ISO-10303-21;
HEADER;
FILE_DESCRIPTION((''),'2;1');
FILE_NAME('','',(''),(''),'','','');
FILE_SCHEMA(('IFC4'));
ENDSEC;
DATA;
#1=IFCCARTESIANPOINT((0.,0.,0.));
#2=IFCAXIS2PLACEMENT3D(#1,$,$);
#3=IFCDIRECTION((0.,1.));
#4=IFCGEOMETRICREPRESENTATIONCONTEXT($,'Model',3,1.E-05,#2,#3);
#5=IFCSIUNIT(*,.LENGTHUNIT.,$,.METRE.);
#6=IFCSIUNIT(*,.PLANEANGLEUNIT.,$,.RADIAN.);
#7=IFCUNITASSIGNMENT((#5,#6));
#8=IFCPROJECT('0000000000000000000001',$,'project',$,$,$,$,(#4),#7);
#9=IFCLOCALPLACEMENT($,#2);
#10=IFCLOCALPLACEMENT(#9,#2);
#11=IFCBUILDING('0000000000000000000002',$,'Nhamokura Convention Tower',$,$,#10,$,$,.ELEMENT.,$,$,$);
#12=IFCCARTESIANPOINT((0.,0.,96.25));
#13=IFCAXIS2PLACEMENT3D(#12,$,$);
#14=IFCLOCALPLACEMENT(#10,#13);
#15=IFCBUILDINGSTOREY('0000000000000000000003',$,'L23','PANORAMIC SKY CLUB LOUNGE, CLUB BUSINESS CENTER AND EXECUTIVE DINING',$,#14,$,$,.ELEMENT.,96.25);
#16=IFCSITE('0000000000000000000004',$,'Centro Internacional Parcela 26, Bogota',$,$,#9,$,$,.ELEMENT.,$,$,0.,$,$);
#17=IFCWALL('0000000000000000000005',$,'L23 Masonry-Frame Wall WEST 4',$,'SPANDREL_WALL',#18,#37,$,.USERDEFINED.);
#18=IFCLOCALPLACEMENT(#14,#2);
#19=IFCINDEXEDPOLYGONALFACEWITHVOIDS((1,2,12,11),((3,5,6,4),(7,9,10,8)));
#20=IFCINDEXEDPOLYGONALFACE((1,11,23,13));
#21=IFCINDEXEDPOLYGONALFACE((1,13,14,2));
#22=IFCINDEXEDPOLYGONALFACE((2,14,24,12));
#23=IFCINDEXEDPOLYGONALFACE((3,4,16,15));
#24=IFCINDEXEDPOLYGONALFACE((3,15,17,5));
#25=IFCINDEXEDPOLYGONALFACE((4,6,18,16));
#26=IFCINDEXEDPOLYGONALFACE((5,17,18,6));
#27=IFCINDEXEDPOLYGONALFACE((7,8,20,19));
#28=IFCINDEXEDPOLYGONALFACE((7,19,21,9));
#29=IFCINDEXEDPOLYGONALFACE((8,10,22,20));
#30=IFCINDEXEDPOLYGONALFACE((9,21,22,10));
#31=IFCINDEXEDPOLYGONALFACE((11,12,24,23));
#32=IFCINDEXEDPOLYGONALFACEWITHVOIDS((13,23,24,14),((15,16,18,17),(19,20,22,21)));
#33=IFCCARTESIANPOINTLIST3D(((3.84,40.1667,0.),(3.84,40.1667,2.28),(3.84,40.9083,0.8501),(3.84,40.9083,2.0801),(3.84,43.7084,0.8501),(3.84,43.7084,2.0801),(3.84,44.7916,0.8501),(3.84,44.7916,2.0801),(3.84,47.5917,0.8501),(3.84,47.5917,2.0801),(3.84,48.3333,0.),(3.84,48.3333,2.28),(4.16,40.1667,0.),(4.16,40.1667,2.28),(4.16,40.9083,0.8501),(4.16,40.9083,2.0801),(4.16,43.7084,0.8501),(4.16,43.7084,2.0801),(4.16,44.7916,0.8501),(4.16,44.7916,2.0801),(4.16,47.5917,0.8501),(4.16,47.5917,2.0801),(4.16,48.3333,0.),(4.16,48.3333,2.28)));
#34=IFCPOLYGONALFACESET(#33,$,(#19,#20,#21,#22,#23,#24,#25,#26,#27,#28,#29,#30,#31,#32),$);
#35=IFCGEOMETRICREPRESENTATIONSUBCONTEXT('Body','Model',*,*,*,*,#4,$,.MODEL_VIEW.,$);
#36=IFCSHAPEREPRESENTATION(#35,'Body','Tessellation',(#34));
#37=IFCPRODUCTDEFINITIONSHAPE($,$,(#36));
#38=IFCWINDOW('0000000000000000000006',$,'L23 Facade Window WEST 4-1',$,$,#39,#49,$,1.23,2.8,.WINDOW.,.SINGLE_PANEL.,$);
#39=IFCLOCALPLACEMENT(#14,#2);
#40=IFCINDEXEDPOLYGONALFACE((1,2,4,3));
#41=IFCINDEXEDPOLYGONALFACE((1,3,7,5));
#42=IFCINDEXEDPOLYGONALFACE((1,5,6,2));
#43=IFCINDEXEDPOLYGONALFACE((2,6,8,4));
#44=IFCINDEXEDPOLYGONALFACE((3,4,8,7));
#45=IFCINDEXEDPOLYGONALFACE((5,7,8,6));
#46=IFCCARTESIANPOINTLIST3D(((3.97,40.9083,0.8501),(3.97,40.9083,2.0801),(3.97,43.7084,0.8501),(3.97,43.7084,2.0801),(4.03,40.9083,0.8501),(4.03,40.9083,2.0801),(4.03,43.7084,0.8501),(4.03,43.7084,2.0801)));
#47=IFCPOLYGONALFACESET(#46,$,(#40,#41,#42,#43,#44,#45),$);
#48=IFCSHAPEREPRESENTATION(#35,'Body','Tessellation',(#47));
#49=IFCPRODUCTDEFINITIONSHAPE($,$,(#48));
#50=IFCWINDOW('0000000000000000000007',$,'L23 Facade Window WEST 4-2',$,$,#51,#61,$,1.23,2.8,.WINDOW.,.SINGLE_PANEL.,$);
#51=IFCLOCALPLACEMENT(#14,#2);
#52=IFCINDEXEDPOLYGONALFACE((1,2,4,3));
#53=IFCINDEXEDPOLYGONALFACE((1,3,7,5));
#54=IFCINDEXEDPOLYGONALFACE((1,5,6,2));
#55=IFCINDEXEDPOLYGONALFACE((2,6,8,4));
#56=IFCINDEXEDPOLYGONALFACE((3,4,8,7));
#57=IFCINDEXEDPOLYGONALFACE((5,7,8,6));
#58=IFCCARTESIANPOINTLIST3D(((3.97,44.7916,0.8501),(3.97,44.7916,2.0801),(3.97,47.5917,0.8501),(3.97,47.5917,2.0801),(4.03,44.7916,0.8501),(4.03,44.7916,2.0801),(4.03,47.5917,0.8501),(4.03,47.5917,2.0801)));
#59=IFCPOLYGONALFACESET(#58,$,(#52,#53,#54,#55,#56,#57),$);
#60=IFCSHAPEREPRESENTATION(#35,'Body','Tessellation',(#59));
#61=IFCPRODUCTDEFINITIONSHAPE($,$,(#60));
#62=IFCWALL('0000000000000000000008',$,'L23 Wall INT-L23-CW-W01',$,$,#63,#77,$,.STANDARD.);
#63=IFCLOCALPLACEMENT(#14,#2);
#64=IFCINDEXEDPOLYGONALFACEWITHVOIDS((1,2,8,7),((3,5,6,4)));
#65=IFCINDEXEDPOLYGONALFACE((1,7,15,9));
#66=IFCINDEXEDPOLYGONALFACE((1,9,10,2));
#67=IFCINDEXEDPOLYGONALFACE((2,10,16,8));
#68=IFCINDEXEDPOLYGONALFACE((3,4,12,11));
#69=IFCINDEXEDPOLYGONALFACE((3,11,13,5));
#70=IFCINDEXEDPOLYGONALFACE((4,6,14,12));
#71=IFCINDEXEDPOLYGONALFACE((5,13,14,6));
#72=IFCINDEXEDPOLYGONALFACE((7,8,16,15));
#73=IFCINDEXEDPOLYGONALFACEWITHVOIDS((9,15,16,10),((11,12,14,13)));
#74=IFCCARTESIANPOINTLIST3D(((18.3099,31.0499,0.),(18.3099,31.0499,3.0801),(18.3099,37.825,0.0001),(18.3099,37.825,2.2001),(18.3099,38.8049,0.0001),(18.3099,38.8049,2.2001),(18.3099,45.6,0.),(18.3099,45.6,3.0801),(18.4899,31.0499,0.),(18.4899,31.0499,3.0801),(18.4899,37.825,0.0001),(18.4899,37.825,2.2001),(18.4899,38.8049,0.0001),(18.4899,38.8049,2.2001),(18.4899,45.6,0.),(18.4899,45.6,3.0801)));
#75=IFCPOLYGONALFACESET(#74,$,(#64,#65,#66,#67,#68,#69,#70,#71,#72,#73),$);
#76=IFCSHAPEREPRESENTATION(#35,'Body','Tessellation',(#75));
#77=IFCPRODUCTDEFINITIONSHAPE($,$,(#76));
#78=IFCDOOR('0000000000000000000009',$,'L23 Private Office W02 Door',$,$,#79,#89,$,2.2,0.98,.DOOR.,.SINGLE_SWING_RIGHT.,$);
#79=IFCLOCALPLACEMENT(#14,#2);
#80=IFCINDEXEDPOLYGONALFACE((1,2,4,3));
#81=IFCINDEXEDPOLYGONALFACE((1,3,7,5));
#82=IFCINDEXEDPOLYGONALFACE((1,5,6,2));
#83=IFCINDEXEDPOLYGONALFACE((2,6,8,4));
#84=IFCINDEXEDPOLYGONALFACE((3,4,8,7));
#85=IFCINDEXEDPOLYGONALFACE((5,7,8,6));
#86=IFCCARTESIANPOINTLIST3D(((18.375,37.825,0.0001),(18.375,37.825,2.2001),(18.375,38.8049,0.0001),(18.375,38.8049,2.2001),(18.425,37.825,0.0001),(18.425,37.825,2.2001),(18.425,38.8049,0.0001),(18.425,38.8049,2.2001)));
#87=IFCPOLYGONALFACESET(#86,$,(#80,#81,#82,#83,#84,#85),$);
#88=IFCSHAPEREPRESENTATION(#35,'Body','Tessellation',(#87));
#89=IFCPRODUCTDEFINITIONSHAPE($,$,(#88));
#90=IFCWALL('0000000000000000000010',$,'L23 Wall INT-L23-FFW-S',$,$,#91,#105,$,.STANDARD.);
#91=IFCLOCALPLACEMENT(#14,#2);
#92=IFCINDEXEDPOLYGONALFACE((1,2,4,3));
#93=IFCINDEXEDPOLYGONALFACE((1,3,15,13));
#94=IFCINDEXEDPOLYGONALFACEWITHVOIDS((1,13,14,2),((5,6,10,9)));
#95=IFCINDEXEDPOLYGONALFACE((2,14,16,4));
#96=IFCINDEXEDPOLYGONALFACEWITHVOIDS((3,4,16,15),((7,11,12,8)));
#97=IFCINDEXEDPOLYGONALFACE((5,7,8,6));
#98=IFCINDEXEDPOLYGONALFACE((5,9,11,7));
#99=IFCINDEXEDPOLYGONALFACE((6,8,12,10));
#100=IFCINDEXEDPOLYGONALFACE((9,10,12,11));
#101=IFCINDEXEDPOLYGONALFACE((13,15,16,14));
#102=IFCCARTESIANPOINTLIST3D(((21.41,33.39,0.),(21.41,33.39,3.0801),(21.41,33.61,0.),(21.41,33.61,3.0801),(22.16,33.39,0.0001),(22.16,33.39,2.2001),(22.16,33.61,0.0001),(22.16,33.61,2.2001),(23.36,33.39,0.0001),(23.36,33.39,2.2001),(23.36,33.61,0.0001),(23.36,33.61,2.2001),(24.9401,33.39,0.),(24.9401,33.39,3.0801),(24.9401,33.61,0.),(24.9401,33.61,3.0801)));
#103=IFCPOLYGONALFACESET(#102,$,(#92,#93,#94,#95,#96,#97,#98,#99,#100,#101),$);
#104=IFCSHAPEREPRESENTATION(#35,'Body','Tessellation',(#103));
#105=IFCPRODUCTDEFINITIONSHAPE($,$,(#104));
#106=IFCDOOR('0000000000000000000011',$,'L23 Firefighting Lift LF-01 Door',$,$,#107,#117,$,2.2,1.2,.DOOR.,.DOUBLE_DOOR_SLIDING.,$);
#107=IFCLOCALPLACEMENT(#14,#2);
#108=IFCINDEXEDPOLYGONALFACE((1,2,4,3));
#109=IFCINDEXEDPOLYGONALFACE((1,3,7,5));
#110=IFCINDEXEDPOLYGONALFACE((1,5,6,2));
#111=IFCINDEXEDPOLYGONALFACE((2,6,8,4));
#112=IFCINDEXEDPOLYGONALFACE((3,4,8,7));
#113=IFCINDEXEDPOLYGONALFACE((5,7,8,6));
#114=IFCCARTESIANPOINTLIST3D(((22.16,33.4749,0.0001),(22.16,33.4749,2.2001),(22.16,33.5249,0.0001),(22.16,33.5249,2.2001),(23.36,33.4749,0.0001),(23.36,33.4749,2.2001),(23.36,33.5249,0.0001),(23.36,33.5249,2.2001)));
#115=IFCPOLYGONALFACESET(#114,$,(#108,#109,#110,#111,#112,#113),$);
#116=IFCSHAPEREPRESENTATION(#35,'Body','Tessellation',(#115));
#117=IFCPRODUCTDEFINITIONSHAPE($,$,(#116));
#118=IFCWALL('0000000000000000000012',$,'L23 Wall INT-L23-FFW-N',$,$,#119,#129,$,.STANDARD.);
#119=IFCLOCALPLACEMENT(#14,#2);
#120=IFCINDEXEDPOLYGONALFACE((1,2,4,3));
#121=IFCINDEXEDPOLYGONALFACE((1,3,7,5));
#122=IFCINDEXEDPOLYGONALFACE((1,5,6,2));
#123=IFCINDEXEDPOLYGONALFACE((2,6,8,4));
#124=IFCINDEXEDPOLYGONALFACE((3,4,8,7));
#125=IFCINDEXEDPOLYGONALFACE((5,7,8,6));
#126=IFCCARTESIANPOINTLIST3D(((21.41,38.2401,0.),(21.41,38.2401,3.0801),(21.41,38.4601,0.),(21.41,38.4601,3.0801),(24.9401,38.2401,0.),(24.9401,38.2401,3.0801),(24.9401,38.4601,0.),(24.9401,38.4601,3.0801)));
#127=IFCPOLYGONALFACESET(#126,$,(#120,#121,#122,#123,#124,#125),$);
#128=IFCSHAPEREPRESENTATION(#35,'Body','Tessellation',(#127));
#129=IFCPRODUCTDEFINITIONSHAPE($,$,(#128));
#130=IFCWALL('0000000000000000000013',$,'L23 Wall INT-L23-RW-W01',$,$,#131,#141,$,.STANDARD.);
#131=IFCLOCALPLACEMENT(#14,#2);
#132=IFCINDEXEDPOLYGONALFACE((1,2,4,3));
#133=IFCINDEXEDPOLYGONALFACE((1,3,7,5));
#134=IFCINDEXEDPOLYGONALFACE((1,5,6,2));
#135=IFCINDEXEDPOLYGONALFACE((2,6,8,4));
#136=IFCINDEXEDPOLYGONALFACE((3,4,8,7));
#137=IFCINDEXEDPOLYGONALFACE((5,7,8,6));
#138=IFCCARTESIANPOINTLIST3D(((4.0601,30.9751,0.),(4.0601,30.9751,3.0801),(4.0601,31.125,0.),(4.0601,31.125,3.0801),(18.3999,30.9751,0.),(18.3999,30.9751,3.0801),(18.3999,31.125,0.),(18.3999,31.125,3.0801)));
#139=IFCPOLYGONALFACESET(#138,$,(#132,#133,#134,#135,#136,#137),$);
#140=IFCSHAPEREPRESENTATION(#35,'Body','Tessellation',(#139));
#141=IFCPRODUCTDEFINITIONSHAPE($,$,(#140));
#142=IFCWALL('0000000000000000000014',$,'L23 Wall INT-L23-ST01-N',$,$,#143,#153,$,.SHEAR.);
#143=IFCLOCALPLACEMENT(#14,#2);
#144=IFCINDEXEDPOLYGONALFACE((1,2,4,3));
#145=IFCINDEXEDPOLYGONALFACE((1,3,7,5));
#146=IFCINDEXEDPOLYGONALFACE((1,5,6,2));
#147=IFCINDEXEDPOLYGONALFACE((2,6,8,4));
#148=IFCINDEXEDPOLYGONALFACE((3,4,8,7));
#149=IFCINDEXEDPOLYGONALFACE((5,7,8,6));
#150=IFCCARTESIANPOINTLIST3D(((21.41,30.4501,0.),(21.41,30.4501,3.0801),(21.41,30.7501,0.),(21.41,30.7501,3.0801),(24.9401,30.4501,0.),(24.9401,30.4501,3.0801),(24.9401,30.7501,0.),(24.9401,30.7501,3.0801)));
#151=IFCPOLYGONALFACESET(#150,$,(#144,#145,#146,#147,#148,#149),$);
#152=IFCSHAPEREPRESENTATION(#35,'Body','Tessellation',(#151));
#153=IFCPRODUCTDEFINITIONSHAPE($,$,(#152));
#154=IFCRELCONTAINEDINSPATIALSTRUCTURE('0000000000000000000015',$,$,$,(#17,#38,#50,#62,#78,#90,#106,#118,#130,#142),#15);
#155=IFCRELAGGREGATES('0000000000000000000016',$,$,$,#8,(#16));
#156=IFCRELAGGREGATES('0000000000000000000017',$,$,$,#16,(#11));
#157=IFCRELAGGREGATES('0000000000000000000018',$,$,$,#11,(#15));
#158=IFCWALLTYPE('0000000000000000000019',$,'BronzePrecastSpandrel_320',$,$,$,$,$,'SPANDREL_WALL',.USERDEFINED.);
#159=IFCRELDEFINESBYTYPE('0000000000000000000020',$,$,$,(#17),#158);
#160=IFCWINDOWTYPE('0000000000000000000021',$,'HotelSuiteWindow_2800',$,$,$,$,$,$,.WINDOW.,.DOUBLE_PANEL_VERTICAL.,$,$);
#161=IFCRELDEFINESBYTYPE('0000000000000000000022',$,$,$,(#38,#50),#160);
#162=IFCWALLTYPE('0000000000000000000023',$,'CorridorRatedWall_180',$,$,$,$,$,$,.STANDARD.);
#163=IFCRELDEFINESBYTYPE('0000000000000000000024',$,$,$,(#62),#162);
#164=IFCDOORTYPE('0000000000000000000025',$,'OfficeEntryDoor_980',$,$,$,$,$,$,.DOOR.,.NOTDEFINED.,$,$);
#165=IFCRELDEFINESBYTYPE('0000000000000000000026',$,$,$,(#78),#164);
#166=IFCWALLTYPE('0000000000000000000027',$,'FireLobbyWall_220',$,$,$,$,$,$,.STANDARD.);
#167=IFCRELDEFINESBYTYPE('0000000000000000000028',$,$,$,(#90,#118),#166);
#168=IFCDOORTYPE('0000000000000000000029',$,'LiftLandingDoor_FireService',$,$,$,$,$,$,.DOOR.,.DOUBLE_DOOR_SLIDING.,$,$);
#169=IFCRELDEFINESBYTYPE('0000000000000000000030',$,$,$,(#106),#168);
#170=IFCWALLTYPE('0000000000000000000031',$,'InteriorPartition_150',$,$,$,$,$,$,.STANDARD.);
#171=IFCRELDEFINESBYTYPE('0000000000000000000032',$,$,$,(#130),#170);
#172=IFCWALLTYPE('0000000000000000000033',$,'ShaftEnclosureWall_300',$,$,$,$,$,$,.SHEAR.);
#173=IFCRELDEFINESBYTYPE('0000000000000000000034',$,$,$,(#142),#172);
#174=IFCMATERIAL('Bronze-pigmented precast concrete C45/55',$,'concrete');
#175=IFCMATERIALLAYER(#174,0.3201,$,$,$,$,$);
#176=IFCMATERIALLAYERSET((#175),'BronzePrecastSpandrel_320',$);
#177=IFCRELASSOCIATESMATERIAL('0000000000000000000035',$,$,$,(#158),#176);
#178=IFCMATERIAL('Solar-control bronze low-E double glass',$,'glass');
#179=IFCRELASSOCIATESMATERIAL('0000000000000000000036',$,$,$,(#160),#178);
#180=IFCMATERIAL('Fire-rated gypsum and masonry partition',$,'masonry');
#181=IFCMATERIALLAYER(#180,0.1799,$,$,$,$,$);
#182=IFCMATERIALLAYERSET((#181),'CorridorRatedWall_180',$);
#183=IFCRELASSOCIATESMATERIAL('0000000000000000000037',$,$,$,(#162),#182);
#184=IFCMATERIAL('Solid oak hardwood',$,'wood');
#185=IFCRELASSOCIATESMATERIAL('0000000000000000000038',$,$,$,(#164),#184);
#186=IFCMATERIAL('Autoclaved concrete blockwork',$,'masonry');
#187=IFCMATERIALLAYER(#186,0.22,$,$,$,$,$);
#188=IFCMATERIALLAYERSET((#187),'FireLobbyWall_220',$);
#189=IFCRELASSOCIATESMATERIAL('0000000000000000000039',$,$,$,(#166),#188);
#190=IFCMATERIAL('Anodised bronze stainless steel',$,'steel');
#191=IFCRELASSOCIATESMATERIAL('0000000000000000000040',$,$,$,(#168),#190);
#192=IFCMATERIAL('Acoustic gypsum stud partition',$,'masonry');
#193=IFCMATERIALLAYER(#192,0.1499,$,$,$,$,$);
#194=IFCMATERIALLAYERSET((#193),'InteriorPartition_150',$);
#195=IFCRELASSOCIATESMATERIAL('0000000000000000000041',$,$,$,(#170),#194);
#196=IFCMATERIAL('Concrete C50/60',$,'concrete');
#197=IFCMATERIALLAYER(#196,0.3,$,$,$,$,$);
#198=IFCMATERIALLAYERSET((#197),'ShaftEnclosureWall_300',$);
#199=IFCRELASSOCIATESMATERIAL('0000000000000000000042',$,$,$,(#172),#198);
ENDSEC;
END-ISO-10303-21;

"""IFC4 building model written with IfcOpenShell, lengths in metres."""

from ifc_helpers import new_model, si_unit, direction, frame, frame_2d, origin, place, context, subcontext, project, spatial, rectangle, extrude, material, layer, layer_set, type_object, element, fill, save


model = new_model("IFC4")

# Units and contexts
model_context = context("Model", 3, precision=1e-05, world=origin(), true_north=direction((0.0, 1.0)))
body_context = subcontext(model_context, "Body", "Model", "MODEL_VIEW")
ifc_project = project(units=[si_unit("LENGTHUNIT", "METRE"), si_unit("PLANEANGLEUNIT", "RADIAN")], contexts=[model_context])

# Site, building, storey
site_placement = place(None, origin())
site = spatial("IfcSite", under=ifc_project, at=site_placement, Name="Centro Internacional Parcela 26, Bogota", CompositionType="ELEMENT", RefElevation=0.0)
building_placement = place(site_placement, origin())
building = spatial("IfcBuilding", under=site, at=building_placement, Name="Nhamokura Convention Tower", CompositionType="ELEMENT")
storey_placement = place(building_placement, frame((0.0, 0.0, 96.25)))
storey = spatial("IfcBuildingStorey", under=building, at=storey_placement, Name="L23", Description="PANORAMIC SKY CLUB LOUNGE, CLUB BUSINESS CENTER AND EXECUTIVE DINING", CompositionType="ELEMENT", Elevation=96.25)

# Shared definitions
ifc_material_1 = material(Name="Bronze-pigmented precast concrete C45/55", Category="concrete")
ifc_layer_1 = layer(ifc_material_1, 0.3201)
ifc_layer_set_1 = layer_set([ifc_layer_1], Name="BronzePrecastSpandrel_320")
wall_type_1 = type_object("IfcWallType", Name="BronzePrecastSpandrel_320", ElementType="SPANDREL_WALL", PredefinedType="USERDEFINED", material=ifc_layer_set_1)

# Wall, openings, windows
wall_1_placement = place(storey_placement, frame((4.0, 40.1667, 0.0), z_axis=(0.0, 0.0, 1.0), x_axis=(0.0, 1.0, 0.0)))
wall_1 = element("IfcWall", 1, at=wall_1_placement, inside=storey, type_object=wall_type_1, Name="L23 Masonry-Frame Wall WEST 4", ObjectType="SPANDREL_WALL", PredefinedType="USERDEFINED", context=body_context, shape_type="SweptSolid", body=[
    extrude(rectangle(XDim=8.1665, YDim=0.3201, at=frame_2d((4.0833, 0.0))), origin(), (0.0, 0.0, 1.0), 2.28),
])
opening_1_placement = place(wall_1_placement, frame((0.7417, 0.0, 0.8501)))
opening_1 = element("IfcOpeningElement", 2, at=opening_1_placement, cuts=wall_1, PredefinedType="OPENING", context=body_context, shape_type="SweptSolid", body=[
    extrude(rectangle(XDim=2.8, YDim=1.23, at=frame_2d((1.3999, 0.615))), frame((0.0, 0.1699, 0.0), z_axis=(0.0, -1.0, 0.0), x_axis=(1.0, 0.0, 0.0)), (0.0, 0.0, 1.0), 0.3401),
])
opening_2_placement = place(wall_1_placement, frame((4.625, 0.0, 0.8501)))
opening_2 = element("IfcOpeningElement", 3, at=opening_2_placement, cuts=wall_1, PredefinedType="OPENING", context=body_context, shape_type="SweptSolid", body=[
    extrude(rectangle(XDim=2.8, YDim=1.23, at=frame_2d((1.3999, 0.615))), frame((0.0, 0.1699, 0.0), z_axis=(0.0, -1.0, 0.0), x_axis=(1.0, 0.0, 0.0)), (0.0, 0.0, 1.0), 0.3401),
])
ifc_material_2 = material(Name="Solar-control bronze low-E double glass", Category="glass")
window_type_1 = type_object("IfcWindowType", Name="HotelSuiteWindow_2800", PartitioningType="DOUBLE_PANEL_VERTICAL", PredefinedType="WINDOW", material=ifc_material_2)
window_1_placement = place(opening_1_placement, origin())
window_1 = element("IfcWindow", 4, at=window_1_placement, inside=storey, type_object=window_type_1, Name="L23 Facade Window WEST 4-1", OverallHeight=1.23, OverallWidth=2.8, PartitioningType="SINGLE_PANEL", PredefinedType="WINDOW", context=body_context, shape_type="SweptSolid", body=[
    extrude(rectangle(XDim=2.8, YDim=1.23, at=frame_2d((1.3999, 0.615))), frame((0.0, 0.03, 0.0), z_axis=(0.0, -1.0, 0.0), x_axis=(1.0, 0.0, 0.0)), (0.0, 0.0, 1.0), 0.0601),
])
fill(opening_1, window_1)
window_2_placement = place(opening_2_placement, origin())
window_2 = element("IfcWindow", 5, at=window_2_placement, inside=storey, type_object=window_type_1, Name="L23 Facade Window WEST 4-2", OverallHeight=1.23, OverallWidth=2.8, PartitioningType="SINGLE_PANEL", PredefinedType="WINDOW", context=body_context, shape_type="SweptSolid", body=[
    extrude(rectangle(XDim=2.8, YDim=1.23, at=frame_2d((1.3999, 0.615))), frame((0.0, 0.03, 0.0), z_axis=(0.0, -1.0, 0.0), x_axis=(1.0, 0.0, 0.0)), (0.0, 0.0, 1.0), 0.0601),
])
fill(opening_2, window_2)

# Walls, openings, doors
ifc_material_3 = material(Name="Fire-rated gypsum and masonry partition", Category="masonry")
ifc_layer_2 = layer(ifc_material_3, 0.1799)
ifc_layer_set_2 = layer_set([ifc_layer_2], Name="CorridorRatedWall_180")
wall_type_2 = type_object("IfcWallType", Name="CorridorRatedWall_180", PredefinedType="STANDARD", material=ifc_layer_set_2)
wall_2_placement = place(storey_placement, frame((18.3999, 31.05, 0.0), z_axis=(0.0, 0.0, 1.0), x_axis=(0.0, 1.0, 0.0)))
wall_2 = element("IfcWall", 6, at=wall_2_placement, inside=storey, type_object=wall_type_2, Name="L23 Wall INT-L23-CW-W01", PredefinedType="STANDARD", context=body_context, shape_type="SweptSolid", body=[
    extrude(rectangle(XDim=14.55, YDim=0.1799, at=frame_2d((7.2749, 0.0))), origin(), (0.0, 0.0, 1.0), 3.0801),
])
opening_3_placement = place(wall_2_placement, frame((6.7749, 0.0, 0.0)))
opening_3 = element("IfcOpeningElement", 7, at=opening_3_placement, cuts=wall_2, PredefinedType="OPENING", context=body_context, shape_type="SweptSolid", body=[
    extrude(rectangle(XDim=0.98, YDim=2.2, at=frame_2d((0.49, 1.1001))), frame((0.0, 0.0999, 0.0), z_axis=(0.0, -1.0, 0.0), x_axis=(1.0, 0.0, 0.0)), (0.0, 0.0, 1.0), 0.2),
])
ifc_material_4 = material(Name="Solid oak hardwood", Category="wood")
door_type_1 = type_object("IfcDoorType", Name="OfficeEntryDoor_980", OperationType="NOTDEFINED", PredefinedType="DOOR", material=ifc_material_4)
door_1_placement = place(opening_3_placement, origin())
door_1 = element("IfcDoor", 8, at=door_1_placement, inside=storey, type_object=door_type_1, Name="L23 Private Office W02 Door", OperationType="SINGLE_SWING_RIGHT", OverallHeight=2.2, OverallWidth=0.98, PredefinedType="DOOR", context=body_context, shape_type="SweptSolid", body=[
    extrude(rectangle(XDim=0.98, YDim=2.2, at=frame_2d((0.49, 1.1001))), frame((0.0, 0.0249, 0.0), z_axis=(0.0, -1.0, 0.0), x_axis=(1.0, 0.0, 0.0)), (0.0, 0.0, 1.0), 0.05),
])
fill(opening_3, door_1)
ifc_material_5 = material(Name="Autoclaved concrete blockwork", Category="masonry")
ifc_layer_3 = layer(ifc_material_5, 0.22)
ifc_layer_set_3 = layer_set([ifc_layer_3], Name="FireLobbyWall_220")
wall_type_3 = type_object("IfcWallType", Name="FireLobbyWall_220", PredefinedType="STANDARD", material=ifc_layer_set_3)
wall_3_placement = place(storey_placement, frame((21.4099, 33.5, 0.0), z_axis=(0.0, 0.0, 1.0), x_axis=(1.0, 0.0, 0.0)))
wall_3 = element("IfcWall", 9, at=wall_3_placement, inside=storey, type_object=wall_type_3, Name="L23 Wall INT-L23-FFW-S", PredefinedType="STANDARD", context=body_context, shape_type="SweptSolid", body=[
    extrude(rectangle(XDim=3.53, YDim=0.22, at=frame_2d((1.7651, 0.0))), origin(), (0.0, 0.0, 1.0), 3.0801),
])
opening_4_placement = place(wall_3_placement, frame((0.75, 0.0, 0.0)))
opening_4 = element("IfcOpeningElement", 10, at=opening_4_placement, cuts=wall_3, PredefinedType="OPENING", context=body_context, shape_type="SweptSolid", body=[
    extrude(rectangle(XDim=1.2, YDim=2.2, at=frame_2d((0.6001, 1.1001))), frame((0.0, 0.1199, 0.0), z_axis=(0.0, -1.0, 0.0), x_axis=(1.0, 0.0, 0.0)), (0.0, 0.0, 1.0), 0.24),
])
ifc_material_6 = material(Name="Anodised bronze stainless steel", Category="steel")
door_type_2 = type_object("IfcDoorType", Name="LiftLandingDoor_FireService", OperationType="DOUBLE_DOOR_SLIDING", PredefinedType="DOOR", material=ifc_material_6)
door_2_placement = place(opening_4_placement, origin())
door_2 = element("IfcDoor", 11, at=door_2_placement, inside=storey, type_object=door_type_2, Name="L23 Firefighting Lift LF-01 Door", OperationType="DOUBLE_DOOR_SLIDING", OverallHeight=2.2, OverallWidth=1.2, PredefinedType="DOOR", context=body_context, shape_type="SweptSolid", body=[
    extrude(rectangle(XDim=1.2, YDim=2.2, at=frame_2d((0.6001, 1.1001))), frame((0.0, 0.0249, 0.0), z_axis=(0.0, -1.0, 0.0), x_axis=(1.0, 0.0, 0.0)), (0.0, 0.0, 1.0), 0.05),
])
fill(opening_4, door_2)

# Walls
wall_4_placement = place(storey_placement, frame((21.4099, 38.3501, 0.0), z_axis=(0.0, 0.0, 1.0), x_axis=(1.0, 0.0, 0.0)))
element("IfcWall", 12, at=wall_4_placement, inside=storey, type_object=wall_type_3, Name="L23 Wall INT-L23-FFW-N", PredefinedType="STANDARD", context=body_context, shape_type="SweptSolid", body=[
    extrude(rectangle(XDim=3.53, YDim=0.22, at=frame_2d((1.7651, 0.0))), origin(), (0.0, 0.0, 1.0), 3.0801),
])
ifc_material_7 = material(Name="Acoustic gypsum stud partition", Category="masonry")
ifc_layer_4 = layer(ifc_material_7, 0.1499)
ifc_layer_set_4 = layer_set([ifc_layer_4], Name="InteriorPartition_150")
wall_type_4 = type_object("IfcWallType", Name="InteriorPartition_150", PredefinedType="STANDARD", material=ifc_layer_set_4)
wall_5_placement = place(storey_placement, frame((4.0601, 31.05, 0.0), z_axis=(0.0, 0.0, 1.0), x_axis=(1.0, 0.0, 0.0)))
element("IfcWall", 13, at=wall_5_placement, inside=storey, type_object=wall_type_4, Name="L23 Wall INT-L23-RW-W01", PredefinedType="STANDARD", context=body_context, shape_type="SweptSolid", body=[
    extrude(rectangle(XDim=14.3398, YDim=0.1499, at=frame_2d((7.1699, 0.0))), origin(), (0.0, 0.0, 1.0), 3.0801),
])
ifc_material_8 = material(Name="Concrete C50/60", Category="concrete")
ifc_layer_5 = layer(ifc_material_8, 0.3)
ifc_layer_set_5 = layer_set([ifc_layer_5], Name="ShaftEnclosureWall_300")
wall_type_5 = type_object("IfcWallType", Name="ShaftEnclosureWall_300", PredefinedType="SHEAR", material=ifc_layer_set_5)
wall_6_placement = place(storey_placement, frame((21.4099, 30.6001, 0.0), z_axis=(0.0, 0.0, 1.0), x_axis=(1.0, 0.0, 0.0)))
element("IfcWall", 14, at=wall_6_placement, inside=storey, type_object=wall_type_5, Name="L23 Wall INT-L23-ST01-N", PredefinedType="SHEAR", context=body_context, shape_type="SweptSolid", body=[
    extrude(rectangle(XDim=3.53, YDim=0.3, at=frame_2d((1.7651, 0.0))), origin(), (0.0, 0.0, 1.0), 3.0801),
])

save(model, "model.ifc")
